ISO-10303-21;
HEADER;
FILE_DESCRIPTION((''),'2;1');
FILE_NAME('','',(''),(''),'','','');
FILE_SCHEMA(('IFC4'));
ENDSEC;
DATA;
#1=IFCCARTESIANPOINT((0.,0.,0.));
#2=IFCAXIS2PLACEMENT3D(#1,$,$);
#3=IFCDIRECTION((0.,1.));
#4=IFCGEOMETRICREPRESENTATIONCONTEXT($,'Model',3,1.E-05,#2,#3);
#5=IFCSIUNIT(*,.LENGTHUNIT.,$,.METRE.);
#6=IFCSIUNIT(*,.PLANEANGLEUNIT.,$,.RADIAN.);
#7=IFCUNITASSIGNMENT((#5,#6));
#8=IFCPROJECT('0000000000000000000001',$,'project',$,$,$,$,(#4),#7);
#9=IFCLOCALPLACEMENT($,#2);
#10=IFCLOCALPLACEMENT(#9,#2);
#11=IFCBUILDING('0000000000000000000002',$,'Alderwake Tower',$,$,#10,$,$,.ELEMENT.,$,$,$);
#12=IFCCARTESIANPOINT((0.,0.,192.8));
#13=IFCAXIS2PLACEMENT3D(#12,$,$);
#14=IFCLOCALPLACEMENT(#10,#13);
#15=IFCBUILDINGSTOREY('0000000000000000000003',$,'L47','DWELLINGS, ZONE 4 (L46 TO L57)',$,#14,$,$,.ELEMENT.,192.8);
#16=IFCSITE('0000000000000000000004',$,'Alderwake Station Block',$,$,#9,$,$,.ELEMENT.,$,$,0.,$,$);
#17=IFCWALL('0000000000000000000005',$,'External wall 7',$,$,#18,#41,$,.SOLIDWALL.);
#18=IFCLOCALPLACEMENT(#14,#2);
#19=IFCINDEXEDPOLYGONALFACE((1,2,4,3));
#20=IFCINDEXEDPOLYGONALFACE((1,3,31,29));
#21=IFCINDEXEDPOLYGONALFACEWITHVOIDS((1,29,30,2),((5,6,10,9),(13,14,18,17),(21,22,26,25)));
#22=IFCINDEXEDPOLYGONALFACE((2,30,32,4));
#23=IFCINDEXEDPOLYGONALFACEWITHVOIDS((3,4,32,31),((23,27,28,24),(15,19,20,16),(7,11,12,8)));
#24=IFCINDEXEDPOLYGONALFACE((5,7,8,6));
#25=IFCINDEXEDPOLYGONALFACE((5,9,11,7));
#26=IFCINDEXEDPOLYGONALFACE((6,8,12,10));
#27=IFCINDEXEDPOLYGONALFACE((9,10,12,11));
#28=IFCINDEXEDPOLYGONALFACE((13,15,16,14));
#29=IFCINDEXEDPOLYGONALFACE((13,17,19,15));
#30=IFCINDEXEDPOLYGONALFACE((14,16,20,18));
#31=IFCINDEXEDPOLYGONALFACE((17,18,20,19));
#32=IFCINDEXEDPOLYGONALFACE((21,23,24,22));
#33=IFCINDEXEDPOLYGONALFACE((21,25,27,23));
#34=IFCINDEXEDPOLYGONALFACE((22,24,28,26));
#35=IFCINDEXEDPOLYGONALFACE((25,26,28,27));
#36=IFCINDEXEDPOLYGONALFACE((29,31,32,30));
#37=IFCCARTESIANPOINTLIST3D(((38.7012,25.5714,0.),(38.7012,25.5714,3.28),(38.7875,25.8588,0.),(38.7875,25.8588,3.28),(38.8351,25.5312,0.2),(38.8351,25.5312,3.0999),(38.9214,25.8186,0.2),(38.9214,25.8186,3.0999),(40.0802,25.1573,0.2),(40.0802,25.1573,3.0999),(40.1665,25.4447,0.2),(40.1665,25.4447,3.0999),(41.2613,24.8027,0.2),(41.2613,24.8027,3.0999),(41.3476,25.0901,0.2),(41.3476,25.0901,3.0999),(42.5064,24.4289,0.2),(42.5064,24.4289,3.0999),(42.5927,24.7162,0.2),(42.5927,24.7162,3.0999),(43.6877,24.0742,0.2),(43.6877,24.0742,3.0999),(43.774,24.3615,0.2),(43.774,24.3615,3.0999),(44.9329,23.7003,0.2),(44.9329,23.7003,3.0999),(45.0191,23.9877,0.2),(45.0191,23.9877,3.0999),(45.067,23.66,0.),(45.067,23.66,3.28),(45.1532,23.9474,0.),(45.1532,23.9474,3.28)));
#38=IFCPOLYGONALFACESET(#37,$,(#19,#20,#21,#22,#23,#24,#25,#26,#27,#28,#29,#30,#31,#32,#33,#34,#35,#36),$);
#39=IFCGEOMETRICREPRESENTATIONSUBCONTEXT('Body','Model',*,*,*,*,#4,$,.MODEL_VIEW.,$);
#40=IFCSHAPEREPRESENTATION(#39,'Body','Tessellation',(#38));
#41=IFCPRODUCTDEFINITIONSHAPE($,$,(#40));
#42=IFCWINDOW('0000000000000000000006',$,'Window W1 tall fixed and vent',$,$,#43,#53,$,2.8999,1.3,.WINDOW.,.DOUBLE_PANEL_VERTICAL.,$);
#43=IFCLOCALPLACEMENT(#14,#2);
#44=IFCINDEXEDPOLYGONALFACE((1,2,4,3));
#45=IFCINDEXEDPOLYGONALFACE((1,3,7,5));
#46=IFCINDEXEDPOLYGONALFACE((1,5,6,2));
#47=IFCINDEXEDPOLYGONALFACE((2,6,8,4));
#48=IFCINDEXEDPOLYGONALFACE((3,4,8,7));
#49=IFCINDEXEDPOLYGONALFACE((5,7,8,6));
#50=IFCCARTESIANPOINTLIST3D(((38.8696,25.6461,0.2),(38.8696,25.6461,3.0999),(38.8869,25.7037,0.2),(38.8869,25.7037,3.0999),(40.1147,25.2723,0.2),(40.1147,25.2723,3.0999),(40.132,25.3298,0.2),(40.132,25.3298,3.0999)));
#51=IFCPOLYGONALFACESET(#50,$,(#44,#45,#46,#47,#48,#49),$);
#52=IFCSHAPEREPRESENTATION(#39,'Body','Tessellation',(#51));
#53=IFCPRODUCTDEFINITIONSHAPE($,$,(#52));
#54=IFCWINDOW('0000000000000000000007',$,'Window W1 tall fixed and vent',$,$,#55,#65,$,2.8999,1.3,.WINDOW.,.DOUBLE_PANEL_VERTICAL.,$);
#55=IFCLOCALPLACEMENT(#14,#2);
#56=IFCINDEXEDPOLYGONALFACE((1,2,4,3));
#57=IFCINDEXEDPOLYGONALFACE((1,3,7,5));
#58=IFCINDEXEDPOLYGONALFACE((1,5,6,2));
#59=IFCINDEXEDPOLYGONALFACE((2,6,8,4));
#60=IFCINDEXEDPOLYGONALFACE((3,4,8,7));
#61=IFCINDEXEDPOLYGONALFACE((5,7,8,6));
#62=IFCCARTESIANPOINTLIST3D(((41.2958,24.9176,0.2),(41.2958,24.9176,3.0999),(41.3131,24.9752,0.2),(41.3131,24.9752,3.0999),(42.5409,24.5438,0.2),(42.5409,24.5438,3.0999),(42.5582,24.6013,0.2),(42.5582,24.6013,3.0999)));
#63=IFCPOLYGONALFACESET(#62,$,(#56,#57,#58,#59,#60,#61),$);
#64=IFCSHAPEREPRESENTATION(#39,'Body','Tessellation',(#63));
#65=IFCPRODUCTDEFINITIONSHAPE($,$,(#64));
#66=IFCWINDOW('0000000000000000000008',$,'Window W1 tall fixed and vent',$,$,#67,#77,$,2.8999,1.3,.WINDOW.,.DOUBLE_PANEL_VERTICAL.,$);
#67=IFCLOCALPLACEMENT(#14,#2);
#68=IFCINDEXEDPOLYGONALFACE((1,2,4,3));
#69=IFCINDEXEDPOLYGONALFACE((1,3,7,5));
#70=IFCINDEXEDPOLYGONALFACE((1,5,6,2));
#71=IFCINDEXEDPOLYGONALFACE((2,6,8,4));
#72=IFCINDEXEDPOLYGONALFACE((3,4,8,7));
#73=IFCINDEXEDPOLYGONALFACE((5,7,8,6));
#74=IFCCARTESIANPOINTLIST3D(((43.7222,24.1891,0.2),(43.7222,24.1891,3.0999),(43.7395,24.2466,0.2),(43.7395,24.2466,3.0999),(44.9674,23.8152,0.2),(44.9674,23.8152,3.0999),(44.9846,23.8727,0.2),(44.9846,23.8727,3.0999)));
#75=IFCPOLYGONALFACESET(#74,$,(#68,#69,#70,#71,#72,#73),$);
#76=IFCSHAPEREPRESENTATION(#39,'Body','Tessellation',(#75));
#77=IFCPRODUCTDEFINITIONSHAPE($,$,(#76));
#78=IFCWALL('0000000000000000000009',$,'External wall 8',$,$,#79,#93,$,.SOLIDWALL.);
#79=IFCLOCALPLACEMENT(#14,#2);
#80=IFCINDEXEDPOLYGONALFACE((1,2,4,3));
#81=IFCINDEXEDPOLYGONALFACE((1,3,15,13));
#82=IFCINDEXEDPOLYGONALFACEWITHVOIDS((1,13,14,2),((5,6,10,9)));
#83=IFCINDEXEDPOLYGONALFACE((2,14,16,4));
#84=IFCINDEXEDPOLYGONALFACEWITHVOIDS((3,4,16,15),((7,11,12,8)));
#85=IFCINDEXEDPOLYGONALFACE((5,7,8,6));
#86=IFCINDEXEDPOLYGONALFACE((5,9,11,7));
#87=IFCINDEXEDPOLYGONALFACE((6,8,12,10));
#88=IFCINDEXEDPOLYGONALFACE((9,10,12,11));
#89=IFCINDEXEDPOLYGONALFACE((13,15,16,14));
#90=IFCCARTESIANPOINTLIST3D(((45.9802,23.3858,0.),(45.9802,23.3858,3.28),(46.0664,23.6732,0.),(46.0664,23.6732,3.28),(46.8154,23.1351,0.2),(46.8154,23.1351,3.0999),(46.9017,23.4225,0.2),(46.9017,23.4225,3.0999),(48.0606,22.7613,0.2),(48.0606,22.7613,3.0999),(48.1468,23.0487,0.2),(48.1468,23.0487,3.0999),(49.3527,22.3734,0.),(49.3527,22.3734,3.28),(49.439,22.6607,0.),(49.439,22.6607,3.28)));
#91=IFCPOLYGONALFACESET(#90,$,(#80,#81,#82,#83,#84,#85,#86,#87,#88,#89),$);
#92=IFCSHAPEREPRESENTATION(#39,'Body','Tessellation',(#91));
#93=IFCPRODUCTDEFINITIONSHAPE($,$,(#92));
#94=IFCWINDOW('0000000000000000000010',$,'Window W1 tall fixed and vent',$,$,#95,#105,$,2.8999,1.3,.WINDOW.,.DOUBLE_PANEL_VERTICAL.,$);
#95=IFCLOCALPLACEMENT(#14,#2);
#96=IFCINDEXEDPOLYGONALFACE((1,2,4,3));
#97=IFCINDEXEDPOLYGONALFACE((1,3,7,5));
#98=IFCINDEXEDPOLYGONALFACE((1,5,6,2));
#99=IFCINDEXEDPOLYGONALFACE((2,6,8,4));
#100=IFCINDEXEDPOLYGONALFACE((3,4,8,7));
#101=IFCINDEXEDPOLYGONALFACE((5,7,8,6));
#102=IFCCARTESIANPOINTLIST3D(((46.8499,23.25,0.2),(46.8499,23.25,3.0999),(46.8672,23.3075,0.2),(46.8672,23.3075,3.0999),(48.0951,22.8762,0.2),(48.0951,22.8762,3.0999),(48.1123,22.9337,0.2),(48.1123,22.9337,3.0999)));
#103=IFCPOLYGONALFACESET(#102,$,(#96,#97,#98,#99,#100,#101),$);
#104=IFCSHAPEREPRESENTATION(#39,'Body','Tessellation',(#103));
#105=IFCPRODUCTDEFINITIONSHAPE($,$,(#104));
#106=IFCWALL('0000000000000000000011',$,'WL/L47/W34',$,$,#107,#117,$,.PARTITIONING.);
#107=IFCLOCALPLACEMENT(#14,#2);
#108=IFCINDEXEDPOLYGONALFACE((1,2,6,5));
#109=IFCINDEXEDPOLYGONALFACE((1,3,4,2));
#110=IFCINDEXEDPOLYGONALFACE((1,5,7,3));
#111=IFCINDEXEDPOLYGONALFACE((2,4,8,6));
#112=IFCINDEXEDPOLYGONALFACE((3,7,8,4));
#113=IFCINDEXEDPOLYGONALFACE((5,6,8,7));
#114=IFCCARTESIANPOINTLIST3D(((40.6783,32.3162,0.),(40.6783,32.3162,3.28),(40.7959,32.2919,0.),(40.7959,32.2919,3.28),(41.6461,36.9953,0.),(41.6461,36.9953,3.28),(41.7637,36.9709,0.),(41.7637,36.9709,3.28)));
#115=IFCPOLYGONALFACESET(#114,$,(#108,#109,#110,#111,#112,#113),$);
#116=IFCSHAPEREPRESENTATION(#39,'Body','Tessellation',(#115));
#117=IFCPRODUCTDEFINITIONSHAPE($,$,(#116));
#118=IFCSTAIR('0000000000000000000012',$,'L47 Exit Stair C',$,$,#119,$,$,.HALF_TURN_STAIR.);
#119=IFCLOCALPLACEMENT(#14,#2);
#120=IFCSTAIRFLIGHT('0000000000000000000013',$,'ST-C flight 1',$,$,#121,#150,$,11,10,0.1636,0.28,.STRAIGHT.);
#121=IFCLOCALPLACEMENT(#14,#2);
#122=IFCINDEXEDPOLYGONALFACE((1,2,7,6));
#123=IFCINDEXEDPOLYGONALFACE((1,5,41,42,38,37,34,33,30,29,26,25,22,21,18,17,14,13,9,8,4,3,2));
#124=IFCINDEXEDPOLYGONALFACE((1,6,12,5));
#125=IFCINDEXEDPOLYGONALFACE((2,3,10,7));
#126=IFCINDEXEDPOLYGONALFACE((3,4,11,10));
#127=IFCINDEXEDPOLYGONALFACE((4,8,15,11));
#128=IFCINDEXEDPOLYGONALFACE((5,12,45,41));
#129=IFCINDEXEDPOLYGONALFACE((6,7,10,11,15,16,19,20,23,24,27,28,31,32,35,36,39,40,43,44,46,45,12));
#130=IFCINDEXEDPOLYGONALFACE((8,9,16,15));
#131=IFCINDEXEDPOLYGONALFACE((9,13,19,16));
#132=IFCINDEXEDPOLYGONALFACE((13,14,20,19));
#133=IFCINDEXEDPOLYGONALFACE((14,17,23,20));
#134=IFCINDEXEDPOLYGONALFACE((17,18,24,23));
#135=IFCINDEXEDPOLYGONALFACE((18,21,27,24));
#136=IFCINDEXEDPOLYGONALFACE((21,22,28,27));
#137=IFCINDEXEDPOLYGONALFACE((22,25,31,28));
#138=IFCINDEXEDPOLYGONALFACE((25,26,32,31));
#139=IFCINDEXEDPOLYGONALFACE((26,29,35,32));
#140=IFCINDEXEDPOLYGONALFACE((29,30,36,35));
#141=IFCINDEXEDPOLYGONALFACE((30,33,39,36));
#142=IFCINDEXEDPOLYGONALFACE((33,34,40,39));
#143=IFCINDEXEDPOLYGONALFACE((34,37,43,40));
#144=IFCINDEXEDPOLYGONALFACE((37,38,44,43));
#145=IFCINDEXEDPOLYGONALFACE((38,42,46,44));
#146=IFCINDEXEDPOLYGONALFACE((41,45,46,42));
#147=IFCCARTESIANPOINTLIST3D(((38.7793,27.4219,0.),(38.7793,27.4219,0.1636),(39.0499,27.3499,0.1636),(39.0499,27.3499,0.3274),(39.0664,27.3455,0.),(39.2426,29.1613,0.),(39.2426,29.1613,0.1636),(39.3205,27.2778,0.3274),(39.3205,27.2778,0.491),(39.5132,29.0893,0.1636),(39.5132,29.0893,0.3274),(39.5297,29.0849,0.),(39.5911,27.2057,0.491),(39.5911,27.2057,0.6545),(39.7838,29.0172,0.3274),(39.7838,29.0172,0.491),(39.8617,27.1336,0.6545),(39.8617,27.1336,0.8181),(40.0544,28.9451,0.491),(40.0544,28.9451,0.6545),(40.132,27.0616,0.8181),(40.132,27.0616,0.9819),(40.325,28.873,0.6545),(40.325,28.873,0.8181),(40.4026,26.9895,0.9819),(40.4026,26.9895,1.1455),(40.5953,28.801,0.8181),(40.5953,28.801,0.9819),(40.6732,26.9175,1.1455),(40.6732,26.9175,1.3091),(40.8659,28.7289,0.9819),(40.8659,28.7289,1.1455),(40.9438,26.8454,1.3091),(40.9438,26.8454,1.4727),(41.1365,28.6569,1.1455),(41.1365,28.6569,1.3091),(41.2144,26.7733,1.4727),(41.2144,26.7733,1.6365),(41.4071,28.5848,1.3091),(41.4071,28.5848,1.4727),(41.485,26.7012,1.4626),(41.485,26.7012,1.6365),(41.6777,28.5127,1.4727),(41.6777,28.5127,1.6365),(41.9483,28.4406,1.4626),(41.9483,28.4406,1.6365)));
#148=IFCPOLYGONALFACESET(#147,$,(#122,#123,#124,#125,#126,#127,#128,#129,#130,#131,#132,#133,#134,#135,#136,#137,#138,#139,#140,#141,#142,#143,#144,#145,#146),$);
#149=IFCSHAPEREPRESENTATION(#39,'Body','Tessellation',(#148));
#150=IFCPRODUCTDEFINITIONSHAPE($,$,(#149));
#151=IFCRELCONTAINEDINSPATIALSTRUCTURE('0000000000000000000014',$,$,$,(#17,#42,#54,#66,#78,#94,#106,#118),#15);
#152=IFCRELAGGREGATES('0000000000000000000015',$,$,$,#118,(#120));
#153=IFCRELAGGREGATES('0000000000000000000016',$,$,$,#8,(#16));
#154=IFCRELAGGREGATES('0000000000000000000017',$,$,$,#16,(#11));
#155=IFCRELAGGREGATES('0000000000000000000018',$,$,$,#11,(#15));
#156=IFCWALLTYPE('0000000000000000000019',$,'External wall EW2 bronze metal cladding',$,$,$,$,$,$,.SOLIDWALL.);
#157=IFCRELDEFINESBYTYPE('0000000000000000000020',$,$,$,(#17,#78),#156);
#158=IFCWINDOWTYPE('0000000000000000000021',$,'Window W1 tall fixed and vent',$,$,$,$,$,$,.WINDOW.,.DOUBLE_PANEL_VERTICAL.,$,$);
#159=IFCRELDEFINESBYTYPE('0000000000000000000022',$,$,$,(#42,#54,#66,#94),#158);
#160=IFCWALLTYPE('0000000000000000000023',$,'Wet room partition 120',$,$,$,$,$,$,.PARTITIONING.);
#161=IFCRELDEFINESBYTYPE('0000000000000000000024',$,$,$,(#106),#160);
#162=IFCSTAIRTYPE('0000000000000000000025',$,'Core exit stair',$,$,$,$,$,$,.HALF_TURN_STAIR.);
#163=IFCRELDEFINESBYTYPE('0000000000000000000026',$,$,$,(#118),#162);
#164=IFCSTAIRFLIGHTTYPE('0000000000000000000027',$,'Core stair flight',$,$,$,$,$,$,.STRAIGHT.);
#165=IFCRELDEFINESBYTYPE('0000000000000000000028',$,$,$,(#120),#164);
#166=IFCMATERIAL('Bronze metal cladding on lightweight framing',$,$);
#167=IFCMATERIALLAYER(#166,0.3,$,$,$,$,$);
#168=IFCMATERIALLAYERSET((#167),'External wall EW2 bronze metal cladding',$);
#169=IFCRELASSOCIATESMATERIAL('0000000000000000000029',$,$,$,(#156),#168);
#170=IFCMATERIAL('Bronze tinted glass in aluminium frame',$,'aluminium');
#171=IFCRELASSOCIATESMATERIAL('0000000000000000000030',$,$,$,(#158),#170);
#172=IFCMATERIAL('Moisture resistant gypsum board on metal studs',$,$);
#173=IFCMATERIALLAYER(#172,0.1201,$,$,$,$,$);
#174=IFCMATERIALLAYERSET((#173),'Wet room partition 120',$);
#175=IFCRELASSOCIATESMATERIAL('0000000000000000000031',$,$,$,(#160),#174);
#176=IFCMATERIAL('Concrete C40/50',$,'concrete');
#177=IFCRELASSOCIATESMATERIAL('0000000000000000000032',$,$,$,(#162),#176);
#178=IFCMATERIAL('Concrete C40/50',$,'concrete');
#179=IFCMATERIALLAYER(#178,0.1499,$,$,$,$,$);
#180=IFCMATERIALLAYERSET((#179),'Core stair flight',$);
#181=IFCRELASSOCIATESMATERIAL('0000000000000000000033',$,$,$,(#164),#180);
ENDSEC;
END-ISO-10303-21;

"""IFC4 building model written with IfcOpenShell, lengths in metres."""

from ifc_helpers import new_model, si_unit, direction, frame, frame_2d, origin, place, context, subcontext, project, spatial, polyline, rectangle, outline, extrude, material, layer, layer_set, type_object, element, fill, aggregate, save


model = new_model("IFC4")

# Units and contexts
model_context = context("Model", 3, precision=1e-05, world=origin(), true_north=direction((0.0, 1.0)))
body_context = subcontext(model_context, "Body", "Model", "MODEL_VIEW")
ifc_project = project(units=[si_unit("LENGTHUNIT", "METRE"), si_unit("PLANEANGLEUNIT", "RADIAN")], contexts=[model_context])

# Site, building, storey
site_placement = place(None, origin())
site = spatial("IfcSite", under=ifc_project, at=site_placement, Name="Alderwake Station Block", CompositionType="ELEMENT", RefElevation=0.0)
building_placement = place(site_placement, origin())
building = spatial("IfcBuilding", under=site, at=building_placement, Name="Alderwake Tower", CompositionType="ELEMENT")
storey_placement = place(building_placement, frame((0.0, 0.0, 192.8)))
storey = spatial("IfcBuildingStorey", under=building, at=storey_placement, Name="L47", Description="DWELLINGS, ZONE 4 (L46 TO L57)", CompositionType="ELEMENT", Elevation=192.8)

# Wall, openings, windows
ifc_material_1 = material(Name="Bronze metal cladding on lightweight framing")
ifc_layer_1 = layer(ifc_material_1, 0.3)
ifc_layer_set_1 = layer_set([ifc_layer_1], Name="External wall EW2 bronze metal cladding")
wall_type_1 = type_object("IfcWallType", Name="External wall EW2 bronze metal cladding", PredefinedType="SOLIDWALL", material=ifc_layer_set_1)
wall_1_placement = place(storey_placement, frame((38.7444, 25.7151, 0.0), z_axis=(0.0, 0.0, 1.0), x_axis=(0.957758, -0.287577, 0.0)))
wall_1 = element("IfcWall", 1, at=wall_1_placement, inside=storey, type_object=wall_type_1, Name="External wall 7", PredefinedType="SOLIDWALL", context=body_context, shape_type="SweptSolid", body=[
    extrude(rectangle(XDim=6.6465, YDim=0.3, at=frame_2d((3.3232, 0.0))), origin(), (0.0, 0.0, 1.0), 3.28),
])
opening_1_placement = place(wall_1_placement, frame((0.1399, 0.0, 0.2)))
opening_1 = element("IfcOpeningElement", 2, at=opening_1_placement, cuts=wall_1, PredefinedType="OPENING", context=body_context, shape_type="SweptSolid", body=[
    extrude(rectangle(XDim=1.3, YDim=2.8999, at=frame_2d((0.6499, 1.45))), frame((0.0, 0.1599, 0.0), z_axis=(0.0, -1.0, 0.0), x_axis=(1.0, 0.0, 0.0)), (0.0, 0.0, 1.0), 0.3201),
])
opening_2_placement = place(wall_1_placement, frame((2.6731, 0.0, 0.2)))
opening_2 = element("IfcOpeningElement", 3, at=opening_2_placement, cuts=wall_1, PredefinedType="OPENING", context=body_context, shape_type="SweptSolid", body=[
    extrude(rectangle(XDim=1.3, YDim=2.8999, at=frame_2d((0.6499, 1.45))), frame((0.0, 0.1599, 0.0), z_axis=(0.0, -1.0, 0.0), x_axis=(1.0, 0.0, 0.0)), (0.0, 0.0, 1.0), 0.3201),
])
opening_3_placement = place(wall_1_placement, frame((5.2065, 0.0, 0.2)))
opening_3 = element("IfcOpeningElement", 4, at=opening_3_placement, cuts=wall_1, PredefinedType="OPENING", context=body_context, shape_type="SweptSolid", body=[
    extrude(rectangle(XDim=1.3, YDim=2.8999, at=frame_2d((0.6499, 1.45))), frame((0.0, 0.1599, 0.0), z_axis=(0.0, -1.0, 0.0), x_axis=(1.0, 0.0, 0.0)), (0.0, 0.0, 1.0), 0.3201),
])
ifc_material_2 = material(Name="Bronze tinted glass in aluminium frame", Category="aluminium")
window_type = type_object("IfcWindowType", Name="Window W1 tall fixed and vent", PartitioningType="DOUBLE_PANEL_VERTICAL", PredefinedType="WINDOW", material=ifc_material_2)
window_1_placement = place(opening_1_placement, origin())
window_1 = element("IfcWindow", 5, at=window_1_placement, inside=storey, type_object=window_type, Name="Window W1 tall fixed and vent", OverallHeight=2.8999, OverallWidth=1.3, PartitioningType="DOUBLE_PANEL_VERTICAL", PredefinedType="WINDOW", context=body_context, shape_type="SweptSolid", body=[
    extrude(rectangle(XDim=1.3, YDim=2.8999, at=frame_2d((0.6499, 1.45))), frame((0.0, 0.03, 0.0), z_axis=(0.0, -1.0, 0.0), x_axis=(1.0, 0.0, 0.0)), (0.0, 0.0, 1.0), 0.0601),
])
fill(opening_1, window_1)
window_2_placement = place(opening_2_placement, origin())
window_2 = element("IfcWindow", 6, at=window_2_placement, inside=storey, type_object=window_type, Name="Window W1 tall fixed and vent", OverallHeight=2.8999, OverallWidth=1.3, PartitioningType="DOUBLE_PANEL_VERTICAL", PredefinedType="WINDOW", context=body_context, shape_type="SweptSolid", body=[
    extrude(rectangle(XDim=1.3, YDim=2.8999, at=frame_2d((0.6499, 1.45))), frame((0.0, 0.03, 0.0), z_axis=(0.0, -1.0, 0.0), x_axis=(1.0, 0.0, 0.0)), (0.0, 0.0, 1.0), 0.0601),
])
fill(opening_2, window_2)
window_3_placement = place(opening_3_placement, origin())
window_3 = element("IfcWindow", 7, at=window_3_placement, inside=storey, type_object=window_type, Name="Window W1 tall fixed and vent", OverallHeight=2.8999, OverallWidth=1.3, PartitioningType="DOUBLE_PANEL_VERTICAL", PredefinedType="WINDOW", context=body_context, shape_type="SweptSolid", body=[
    extrude(rectangle(XDim=1.3, YDim=2.8999, at=frame_2d((0.6499, 1.45))), frame((0.0, 0.03, 0.0), z_axis=(0.0, -1.0, 0.0), x_axis=(1.0, 0.0, 0.0)), (0.0, 0.0, 1.0), 0.0601),
])
fill(opening_3, window_3)

# Wall, opening, window
wall_2_placement = place(storey_placement, frame((46.0232, 23.5295, 0.0), z_axis=(0.0, 0.0, 1.0), x_axis=(0.957773, -0.287526, 0.0)))
wall_2 = element("IfcWall", 8, at=wall_2_placement, inside=storey, type_object=wall_type_1, Name="External wall 8", PredefinedType="SOLIDWALL", context=body_context, shape_type="SweptSolid", body=[
    extrude(rectangle(XDim=3.5212, YDim=0.3, at=frame_2d((1.7607, 0.0))), origin(), (0.0, 0.0, 1.0), 3.28),
])
opening_4_placement = place(wall_2_placement, frame((0.8723, 0.0, 0.2)))
opening_4 = element("IfcOpeningElement", 9, at=opening_4_placement, cuts=wall_2, PredefinedType="OPENING", context=body_context, shape_type="SweptSolid", body=[
    extrude(rectangle(XDim=1.3, YDim=2.8999, at=frame_2d((0.6499, 1.45))), frame((0.0, 0.1599, 0.0), z_axis=(0.0, -1.0, 0.0), x_axis=(1.0, 0.0, 0.0)), (0.0, 0.0, 1.0), 0.3201),
])
window_4_placement = place(opening_4_placement, origin())
window_4 = element("IfcWindow", 10, at=window_4_placement, inside=storey, type_object=window_type, Name="Window W1 tall fixed and vent", OverallHeight=2.8999, OverallWidth=1.3, PartitioningType="DOUBLE_PANEL_VERTICAL", PredefinedType="WINDOW", context=body_context, shape_type="SweptSolid", body=[
    extrude(rectangle(XDim=1.3, YDim=2.8999, at=frame_2d((0.6499, 1.45))), frame((0.0, 0.03, 0.0), z_axis=(0.0, -1.0, 0.0), x_axis=(1.0, 0.0, 0.0)), (0.0, 0.0, 1.0), 0.0601),
])
fill(opening_4, window_4)

# Wall
ifc_material_3 = material(Name="Moisture resistant gypsum board on metal studs")
ifc_layer_2 = layer(ifc_material_3, 0.1201)
ifc_layer_set_2 = layer_set([ifc_layer_2], Name="Wet room partition 120")
wall_type_2 = type_object("IfcWallType", Name="Wet room partition 120", PredefinedType="PARTITIONING", material=ifc_layer_set_2)
wall_3_placement = place(storey_placement, frame((40.7371, 32.304, 0.0), z_axis=(0.0, 0.0, 1.0), x_axis=(0.202548, 0.979272, 0.0)))
element("IfcWall", 11, at=wall_3_placement, inside=storey, type_object=wall_type_2, Name="WL/L47/W34", PredefinedType="PARTITIONING", context=body_context, shape_type="SweptSolid", body=[
    extrude(rectangle(XDim=4.7781, YDim=0.1201, at=frame_2d((2.3892, 0.0))), origin(), (0.0, 0.0, 1.0), 3.28),
])

# Stair, stair flight
ifc_material_4 = material(Name="Concrete C40/50", Category="concrete")
stair_type = type_object("IfcStairType", Name="Core exit stair", PredefinedType="HALF_TURN_STAIR", material=ifc_material_4)
stair_placement = place(storey_placement, origin())
stair = element("IfcStair", 12, at=stair_placement, inside=storey, type_object=stair_type, Name="L47 Exit Stair C", PredefinedType="HALF_TURN_STAIR")
ifc_material_5 = material(Name="Concrete C40/50", Category="concrete")
ifc_layer_3 = layer(ifc_material_5, 0.1499)
ifc_layer_set_3 = layer_set([ifc_layer_3], Name="Core stair flight")
stair_flight_type = type_object("IfcStairFlightType", Name="Core stair flight", PredefinedType="STRAIGHT", material=ifc_layer_set_3)
stair_flight_1_placement = place(storey_placement, frame((39.011, 28.2917, 0.0), z_axis=(0.0, 0.0, 1.0), x_axis=(0.96631, -0.257382, 0.0)))
stair_flight_1 = element("IfcStairFlight", 13, at=stair_flight_1_placement, type_object=stair_flight_type, Name="ST-C flight 1", NumberOfRisers=11, NumberOfTreads=10, PredefinedType="STRAIGHT", RiserHeight=0.1636, TreadLength=0.28, context=body_context, shape_type="SweptSolid", body=[
    extrude(outline(polyline([(0.0, 0.0), (0.0, 0.1636), (0.28, 0.1636), (0.28, 0.3274), (0.5601, 0.3274), (0.5601, 0.491), (0.8401, 0.491), (0.8401, 0.6545), (1.1201, 0.6545), (1.1201, 0.8181), (1.3999, 0.8181), (1.3999, 0.9819), (1.6799, 0.9819), (1.6799, 1.1455), (1.96, 1.1455), (1.96, 1.3091), (2.24, 1.3091), (2.24, 1.4727), (2.52, 1.4727), (2.52, 1.6365), (2.8, 1.6365), (2.8, 1.8), (2.8, 1.4626), (0.2971, 0.0), (0.0, 0.0)])), frame((0.0, 0.8999, 0.0), z_axis=(0.0, -1.0, 0.0), x_axis=(1.0, 0.0, 0.0)), (0.0, 0.0, 1.0), 1.8),
])
aggregate(stair, [stair_flight_1])

save(model, "model.ifc")
